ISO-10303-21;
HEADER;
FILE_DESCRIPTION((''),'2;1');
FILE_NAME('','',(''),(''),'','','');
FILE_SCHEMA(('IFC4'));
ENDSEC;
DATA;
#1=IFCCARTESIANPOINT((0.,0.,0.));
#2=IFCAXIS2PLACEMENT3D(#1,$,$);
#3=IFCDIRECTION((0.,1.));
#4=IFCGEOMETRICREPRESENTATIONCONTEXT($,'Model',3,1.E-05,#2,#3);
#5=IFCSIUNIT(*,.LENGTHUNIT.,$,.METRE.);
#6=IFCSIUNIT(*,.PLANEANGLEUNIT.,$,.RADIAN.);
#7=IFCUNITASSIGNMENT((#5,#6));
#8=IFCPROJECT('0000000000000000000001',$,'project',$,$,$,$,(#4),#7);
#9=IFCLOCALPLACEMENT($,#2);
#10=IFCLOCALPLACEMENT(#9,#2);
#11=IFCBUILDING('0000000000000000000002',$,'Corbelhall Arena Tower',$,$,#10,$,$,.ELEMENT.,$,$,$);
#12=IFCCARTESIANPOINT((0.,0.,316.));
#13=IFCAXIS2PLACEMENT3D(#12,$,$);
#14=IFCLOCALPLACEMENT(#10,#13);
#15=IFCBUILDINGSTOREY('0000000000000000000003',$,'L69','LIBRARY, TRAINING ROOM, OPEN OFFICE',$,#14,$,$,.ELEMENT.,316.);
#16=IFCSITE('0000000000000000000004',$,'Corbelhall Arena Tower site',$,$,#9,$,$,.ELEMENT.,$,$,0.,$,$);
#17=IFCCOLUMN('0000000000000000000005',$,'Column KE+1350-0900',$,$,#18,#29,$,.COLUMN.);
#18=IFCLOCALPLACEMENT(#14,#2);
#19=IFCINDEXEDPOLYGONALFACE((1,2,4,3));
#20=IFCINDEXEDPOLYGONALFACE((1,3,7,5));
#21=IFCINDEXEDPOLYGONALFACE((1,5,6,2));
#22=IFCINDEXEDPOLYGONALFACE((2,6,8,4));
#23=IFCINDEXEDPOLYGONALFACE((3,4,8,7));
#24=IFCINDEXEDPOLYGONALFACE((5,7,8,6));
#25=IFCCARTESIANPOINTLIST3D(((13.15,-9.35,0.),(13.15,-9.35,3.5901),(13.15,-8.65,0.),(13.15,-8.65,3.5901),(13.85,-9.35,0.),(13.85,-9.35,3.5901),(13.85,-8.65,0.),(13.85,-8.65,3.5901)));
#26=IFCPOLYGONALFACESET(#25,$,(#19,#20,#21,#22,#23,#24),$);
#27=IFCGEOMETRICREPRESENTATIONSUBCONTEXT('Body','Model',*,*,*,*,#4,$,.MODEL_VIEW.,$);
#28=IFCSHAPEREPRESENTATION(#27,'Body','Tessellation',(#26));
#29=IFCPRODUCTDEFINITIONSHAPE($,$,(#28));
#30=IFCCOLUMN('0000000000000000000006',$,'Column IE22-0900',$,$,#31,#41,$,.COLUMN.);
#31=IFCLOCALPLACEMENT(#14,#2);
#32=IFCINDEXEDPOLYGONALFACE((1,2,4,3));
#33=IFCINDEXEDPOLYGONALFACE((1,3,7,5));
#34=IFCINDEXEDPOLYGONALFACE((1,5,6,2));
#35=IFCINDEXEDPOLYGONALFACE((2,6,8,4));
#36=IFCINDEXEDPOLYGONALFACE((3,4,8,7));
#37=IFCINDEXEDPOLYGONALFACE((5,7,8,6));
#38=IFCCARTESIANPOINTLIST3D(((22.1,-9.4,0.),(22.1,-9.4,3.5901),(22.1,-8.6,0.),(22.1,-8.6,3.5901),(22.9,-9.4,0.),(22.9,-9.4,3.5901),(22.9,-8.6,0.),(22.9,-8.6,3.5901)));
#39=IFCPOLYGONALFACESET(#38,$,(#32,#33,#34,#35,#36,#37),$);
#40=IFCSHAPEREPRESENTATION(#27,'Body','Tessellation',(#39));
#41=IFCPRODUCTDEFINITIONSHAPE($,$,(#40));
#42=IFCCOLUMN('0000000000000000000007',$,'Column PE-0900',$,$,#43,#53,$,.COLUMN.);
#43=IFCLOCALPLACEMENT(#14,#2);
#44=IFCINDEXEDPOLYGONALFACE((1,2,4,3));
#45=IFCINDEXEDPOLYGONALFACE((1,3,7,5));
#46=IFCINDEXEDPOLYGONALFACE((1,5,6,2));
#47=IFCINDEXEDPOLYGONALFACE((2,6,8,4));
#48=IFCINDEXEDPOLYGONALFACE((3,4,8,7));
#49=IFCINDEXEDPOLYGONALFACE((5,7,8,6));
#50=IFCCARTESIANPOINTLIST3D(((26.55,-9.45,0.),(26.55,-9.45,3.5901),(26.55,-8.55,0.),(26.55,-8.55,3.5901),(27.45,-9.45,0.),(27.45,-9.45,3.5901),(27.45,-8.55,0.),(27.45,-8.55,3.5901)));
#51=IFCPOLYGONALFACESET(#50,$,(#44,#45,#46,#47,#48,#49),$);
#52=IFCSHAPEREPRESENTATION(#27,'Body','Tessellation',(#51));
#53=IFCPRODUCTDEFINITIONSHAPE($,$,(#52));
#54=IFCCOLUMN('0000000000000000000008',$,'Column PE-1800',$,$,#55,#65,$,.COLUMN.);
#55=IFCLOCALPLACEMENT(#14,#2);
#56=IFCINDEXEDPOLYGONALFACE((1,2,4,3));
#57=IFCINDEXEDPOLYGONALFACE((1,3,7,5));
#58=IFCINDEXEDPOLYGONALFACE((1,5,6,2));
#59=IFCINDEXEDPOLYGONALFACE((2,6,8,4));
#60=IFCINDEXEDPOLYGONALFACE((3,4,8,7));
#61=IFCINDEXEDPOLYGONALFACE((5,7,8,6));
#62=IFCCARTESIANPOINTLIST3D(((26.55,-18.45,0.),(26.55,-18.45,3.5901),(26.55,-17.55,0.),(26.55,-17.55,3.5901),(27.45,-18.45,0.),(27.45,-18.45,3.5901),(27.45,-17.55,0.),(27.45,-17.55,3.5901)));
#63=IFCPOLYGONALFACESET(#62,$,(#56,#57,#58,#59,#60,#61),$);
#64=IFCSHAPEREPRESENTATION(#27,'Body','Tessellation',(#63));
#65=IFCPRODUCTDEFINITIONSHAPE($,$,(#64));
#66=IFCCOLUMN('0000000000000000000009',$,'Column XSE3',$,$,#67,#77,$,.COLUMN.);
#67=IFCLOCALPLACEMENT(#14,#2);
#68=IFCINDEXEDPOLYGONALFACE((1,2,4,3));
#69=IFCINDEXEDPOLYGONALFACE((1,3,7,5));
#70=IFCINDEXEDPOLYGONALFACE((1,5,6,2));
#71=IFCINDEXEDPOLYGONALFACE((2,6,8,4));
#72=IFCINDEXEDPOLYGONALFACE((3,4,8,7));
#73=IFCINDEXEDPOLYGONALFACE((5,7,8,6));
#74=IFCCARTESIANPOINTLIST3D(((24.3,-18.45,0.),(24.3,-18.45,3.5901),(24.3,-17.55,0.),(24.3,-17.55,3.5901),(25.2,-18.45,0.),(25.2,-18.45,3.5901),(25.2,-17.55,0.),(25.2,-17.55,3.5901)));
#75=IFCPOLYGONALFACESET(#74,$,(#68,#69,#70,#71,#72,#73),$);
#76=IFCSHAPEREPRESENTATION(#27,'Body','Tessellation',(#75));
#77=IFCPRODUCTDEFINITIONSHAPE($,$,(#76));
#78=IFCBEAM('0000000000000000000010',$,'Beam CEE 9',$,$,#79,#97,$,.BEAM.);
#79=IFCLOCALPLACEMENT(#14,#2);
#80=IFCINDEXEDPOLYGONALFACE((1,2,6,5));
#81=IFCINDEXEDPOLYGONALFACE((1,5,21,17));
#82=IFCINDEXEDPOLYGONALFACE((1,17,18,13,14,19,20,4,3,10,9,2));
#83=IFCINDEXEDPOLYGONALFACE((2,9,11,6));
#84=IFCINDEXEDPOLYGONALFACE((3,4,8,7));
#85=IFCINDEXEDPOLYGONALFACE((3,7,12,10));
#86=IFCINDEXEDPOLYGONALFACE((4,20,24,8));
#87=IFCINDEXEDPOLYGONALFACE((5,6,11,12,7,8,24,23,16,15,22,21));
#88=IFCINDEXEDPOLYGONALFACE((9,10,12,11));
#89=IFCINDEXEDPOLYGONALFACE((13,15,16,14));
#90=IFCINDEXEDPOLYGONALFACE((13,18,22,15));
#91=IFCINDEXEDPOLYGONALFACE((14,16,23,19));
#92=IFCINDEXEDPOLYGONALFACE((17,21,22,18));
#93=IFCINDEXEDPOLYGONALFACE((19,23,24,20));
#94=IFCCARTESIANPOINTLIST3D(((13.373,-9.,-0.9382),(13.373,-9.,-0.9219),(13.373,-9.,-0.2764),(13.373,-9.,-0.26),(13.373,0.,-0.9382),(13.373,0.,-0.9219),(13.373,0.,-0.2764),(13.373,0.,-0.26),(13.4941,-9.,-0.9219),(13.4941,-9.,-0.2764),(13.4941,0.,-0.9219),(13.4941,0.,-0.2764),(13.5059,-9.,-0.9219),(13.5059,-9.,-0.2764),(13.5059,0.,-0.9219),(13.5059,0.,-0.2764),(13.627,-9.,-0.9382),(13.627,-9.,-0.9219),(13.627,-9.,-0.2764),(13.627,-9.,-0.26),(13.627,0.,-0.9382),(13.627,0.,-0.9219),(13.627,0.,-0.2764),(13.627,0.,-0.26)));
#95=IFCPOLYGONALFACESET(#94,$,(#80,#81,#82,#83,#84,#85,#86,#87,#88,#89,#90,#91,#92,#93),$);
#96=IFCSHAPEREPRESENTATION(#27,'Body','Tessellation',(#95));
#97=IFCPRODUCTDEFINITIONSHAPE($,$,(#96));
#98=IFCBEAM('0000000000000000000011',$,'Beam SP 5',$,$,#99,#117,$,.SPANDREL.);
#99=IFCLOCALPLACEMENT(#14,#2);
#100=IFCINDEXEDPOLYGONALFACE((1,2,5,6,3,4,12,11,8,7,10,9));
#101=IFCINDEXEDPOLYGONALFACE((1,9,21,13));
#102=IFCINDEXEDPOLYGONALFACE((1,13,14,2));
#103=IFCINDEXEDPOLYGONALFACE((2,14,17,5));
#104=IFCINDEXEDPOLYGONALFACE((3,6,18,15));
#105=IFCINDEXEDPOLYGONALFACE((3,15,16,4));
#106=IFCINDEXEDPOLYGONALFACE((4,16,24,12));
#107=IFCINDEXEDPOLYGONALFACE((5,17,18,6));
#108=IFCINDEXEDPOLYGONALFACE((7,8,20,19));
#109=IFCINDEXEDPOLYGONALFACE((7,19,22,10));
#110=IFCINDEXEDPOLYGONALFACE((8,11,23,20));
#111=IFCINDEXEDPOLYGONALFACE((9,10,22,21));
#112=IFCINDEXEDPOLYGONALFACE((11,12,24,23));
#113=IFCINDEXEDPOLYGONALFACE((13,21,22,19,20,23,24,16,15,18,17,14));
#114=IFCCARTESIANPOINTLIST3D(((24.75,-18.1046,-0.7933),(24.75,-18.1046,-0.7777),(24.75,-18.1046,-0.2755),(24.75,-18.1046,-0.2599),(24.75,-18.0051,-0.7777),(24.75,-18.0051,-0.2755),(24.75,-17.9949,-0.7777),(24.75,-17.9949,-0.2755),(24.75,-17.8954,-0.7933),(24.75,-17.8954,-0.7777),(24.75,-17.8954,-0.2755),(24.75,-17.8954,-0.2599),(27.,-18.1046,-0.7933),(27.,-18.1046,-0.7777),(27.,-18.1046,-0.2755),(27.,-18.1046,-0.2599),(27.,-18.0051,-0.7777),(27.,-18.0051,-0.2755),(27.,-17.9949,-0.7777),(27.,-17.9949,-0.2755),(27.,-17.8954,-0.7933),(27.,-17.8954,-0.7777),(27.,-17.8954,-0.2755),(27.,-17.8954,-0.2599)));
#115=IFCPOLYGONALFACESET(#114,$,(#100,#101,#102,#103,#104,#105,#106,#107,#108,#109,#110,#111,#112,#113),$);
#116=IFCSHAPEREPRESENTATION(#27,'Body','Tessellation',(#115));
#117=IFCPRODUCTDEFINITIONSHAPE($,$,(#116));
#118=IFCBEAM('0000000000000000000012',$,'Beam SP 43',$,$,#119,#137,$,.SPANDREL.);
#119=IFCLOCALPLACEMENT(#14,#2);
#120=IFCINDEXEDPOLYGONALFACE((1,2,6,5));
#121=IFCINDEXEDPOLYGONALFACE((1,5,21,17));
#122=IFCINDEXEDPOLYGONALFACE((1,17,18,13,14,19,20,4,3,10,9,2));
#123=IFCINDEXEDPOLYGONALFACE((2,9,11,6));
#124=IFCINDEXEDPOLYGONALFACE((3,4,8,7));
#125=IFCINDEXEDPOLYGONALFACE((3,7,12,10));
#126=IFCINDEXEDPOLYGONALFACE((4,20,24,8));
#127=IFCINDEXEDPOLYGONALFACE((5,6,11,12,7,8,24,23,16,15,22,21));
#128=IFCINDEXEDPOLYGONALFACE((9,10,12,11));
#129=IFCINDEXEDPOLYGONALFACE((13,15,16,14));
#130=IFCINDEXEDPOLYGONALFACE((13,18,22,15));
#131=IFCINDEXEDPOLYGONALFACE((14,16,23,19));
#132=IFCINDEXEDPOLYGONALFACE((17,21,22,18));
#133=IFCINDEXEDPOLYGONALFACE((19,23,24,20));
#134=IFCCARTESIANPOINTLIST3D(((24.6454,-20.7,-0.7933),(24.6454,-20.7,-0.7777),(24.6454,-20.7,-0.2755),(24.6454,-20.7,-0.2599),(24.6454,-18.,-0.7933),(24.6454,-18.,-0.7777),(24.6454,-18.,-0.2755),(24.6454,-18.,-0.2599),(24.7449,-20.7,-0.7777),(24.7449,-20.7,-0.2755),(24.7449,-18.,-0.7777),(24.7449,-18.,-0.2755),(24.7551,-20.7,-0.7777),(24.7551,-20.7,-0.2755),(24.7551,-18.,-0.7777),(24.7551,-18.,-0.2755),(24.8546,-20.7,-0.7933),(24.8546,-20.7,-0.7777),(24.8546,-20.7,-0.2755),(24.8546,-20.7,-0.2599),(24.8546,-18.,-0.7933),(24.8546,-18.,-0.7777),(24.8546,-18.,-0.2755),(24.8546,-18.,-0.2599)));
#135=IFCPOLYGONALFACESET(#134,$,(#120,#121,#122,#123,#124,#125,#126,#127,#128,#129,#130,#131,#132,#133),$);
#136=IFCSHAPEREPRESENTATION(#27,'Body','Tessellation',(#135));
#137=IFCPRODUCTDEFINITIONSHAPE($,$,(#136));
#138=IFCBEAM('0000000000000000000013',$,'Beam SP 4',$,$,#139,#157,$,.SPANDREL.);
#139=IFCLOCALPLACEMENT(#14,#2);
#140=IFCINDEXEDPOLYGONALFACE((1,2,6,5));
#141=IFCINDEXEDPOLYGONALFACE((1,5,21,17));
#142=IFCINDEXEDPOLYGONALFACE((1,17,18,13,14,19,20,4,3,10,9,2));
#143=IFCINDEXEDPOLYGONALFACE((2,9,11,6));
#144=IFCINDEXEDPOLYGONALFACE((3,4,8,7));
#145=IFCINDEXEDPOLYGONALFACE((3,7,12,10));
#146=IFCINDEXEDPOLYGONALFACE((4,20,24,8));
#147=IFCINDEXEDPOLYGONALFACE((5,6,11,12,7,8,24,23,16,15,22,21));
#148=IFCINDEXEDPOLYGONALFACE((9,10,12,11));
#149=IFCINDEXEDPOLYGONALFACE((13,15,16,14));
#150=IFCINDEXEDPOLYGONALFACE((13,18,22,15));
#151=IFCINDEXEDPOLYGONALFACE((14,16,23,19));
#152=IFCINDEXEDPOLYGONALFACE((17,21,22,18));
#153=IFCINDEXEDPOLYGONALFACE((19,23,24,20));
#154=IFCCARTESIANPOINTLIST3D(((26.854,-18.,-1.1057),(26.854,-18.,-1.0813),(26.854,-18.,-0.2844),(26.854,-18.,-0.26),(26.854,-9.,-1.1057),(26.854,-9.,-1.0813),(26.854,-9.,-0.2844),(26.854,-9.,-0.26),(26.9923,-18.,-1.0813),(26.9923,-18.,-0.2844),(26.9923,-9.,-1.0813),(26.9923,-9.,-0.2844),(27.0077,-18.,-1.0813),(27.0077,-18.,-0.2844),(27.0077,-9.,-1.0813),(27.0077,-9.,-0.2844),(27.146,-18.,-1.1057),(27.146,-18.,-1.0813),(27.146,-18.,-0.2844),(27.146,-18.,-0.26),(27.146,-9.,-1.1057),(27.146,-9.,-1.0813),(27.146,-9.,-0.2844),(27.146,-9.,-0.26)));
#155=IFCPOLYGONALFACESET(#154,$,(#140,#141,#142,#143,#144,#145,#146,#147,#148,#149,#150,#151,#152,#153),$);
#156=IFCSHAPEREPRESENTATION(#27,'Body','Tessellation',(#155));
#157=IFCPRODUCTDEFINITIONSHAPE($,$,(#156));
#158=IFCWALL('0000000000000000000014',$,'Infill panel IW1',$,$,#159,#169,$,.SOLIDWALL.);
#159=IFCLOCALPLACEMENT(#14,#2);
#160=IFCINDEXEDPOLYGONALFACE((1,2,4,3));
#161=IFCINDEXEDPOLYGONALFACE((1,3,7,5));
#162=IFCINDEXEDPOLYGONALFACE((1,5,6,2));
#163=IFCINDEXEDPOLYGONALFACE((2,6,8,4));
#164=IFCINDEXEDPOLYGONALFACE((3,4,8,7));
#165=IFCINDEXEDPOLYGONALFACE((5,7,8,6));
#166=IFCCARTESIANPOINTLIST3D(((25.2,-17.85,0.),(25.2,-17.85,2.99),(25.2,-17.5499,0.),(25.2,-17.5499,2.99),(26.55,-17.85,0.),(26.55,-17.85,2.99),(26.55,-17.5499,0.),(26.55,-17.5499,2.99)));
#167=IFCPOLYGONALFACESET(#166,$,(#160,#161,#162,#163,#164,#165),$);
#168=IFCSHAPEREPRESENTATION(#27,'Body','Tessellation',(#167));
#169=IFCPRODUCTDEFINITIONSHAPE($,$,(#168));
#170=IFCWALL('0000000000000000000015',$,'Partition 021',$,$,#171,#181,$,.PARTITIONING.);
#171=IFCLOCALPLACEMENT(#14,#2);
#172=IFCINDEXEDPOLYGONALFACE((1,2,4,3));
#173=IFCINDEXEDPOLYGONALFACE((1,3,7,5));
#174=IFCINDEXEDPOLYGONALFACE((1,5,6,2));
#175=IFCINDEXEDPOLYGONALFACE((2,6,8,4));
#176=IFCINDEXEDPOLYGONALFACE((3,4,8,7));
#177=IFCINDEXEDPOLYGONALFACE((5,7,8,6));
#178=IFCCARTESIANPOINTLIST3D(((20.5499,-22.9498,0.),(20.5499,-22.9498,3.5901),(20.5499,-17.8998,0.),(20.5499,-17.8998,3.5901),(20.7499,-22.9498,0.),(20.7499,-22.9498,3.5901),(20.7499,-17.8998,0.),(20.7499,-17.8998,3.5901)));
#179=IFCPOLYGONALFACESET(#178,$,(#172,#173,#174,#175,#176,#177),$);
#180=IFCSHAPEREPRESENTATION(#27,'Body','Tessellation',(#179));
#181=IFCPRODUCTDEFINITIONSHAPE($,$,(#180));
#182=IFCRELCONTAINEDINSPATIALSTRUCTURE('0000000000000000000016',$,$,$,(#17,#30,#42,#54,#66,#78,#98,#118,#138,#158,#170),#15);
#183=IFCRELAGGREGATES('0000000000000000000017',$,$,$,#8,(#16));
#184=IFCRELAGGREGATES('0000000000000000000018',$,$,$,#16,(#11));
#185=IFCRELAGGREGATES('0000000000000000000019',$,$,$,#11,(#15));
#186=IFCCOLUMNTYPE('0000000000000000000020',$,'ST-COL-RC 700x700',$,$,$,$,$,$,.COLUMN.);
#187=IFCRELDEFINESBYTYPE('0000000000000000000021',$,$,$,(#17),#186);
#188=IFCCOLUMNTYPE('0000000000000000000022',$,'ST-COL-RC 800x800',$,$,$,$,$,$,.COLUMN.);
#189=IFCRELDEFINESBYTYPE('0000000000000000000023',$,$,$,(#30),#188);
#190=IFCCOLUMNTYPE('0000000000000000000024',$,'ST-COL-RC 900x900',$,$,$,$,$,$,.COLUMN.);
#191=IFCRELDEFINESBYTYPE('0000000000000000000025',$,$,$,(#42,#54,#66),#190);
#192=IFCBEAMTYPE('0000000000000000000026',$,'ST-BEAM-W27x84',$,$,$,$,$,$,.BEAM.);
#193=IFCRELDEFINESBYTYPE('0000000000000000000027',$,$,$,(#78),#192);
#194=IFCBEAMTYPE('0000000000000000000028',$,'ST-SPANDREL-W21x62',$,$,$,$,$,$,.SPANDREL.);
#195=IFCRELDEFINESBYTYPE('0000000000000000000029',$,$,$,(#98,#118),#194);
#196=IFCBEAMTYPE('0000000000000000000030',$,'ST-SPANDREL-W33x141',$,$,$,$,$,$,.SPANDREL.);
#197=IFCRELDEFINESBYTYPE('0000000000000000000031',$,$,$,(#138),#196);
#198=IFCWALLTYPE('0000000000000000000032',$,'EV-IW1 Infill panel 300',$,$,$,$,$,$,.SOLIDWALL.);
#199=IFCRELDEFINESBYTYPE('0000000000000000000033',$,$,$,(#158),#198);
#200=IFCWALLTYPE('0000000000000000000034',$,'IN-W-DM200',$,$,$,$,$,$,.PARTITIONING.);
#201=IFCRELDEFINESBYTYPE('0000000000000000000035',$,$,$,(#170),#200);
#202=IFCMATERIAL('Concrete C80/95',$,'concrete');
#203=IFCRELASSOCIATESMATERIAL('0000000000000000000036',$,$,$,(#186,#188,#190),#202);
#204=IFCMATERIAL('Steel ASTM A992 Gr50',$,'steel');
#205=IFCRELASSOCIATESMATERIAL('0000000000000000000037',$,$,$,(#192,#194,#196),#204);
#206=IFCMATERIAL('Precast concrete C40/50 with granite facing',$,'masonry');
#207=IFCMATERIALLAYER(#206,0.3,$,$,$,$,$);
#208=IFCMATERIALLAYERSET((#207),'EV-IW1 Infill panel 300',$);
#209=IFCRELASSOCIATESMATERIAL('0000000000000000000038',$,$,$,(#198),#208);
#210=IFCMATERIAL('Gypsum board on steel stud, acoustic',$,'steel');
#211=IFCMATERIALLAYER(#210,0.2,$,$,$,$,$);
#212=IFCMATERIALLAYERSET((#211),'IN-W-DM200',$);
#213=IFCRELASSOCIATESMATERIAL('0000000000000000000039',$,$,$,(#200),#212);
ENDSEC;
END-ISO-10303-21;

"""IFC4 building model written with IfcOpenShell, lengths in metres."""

from ifc_helpers import new_model, si_unit, direction, frame, frame_2d, origin, origin_2d, place, context, subcontext, project, spatial, rectangle, i_section, extrude, material, layer, layer_set, material_profile, profile_set, type_object, element, save


model = new_model("IFC4")

# Units and contexts
model_context = context("Model", 3, precision=1e-05, world=origin(), true_north=direction((0.0, 1.0)))
body_context = subcontext(model_context, "Body", "Model", "MODEL_VIEW")
ifc_project = project(units=[si_unit("LENGTHUNIT", "METRE"), si_unit("PLANEANGLEUNIT", "RADIAN")], contexts=[model_context])

# Site, building, storey
site_placement = place(None, origin())
site = spatial("IfcSite", under=ifc_project, at=site_placement, Name="Corbelhall Arena Tower site", CompositionType="ELEMENT", RefElevation=0.0)
building_placement = place(site_placement, origin())
building = spatial("IfcBuilding", under=site, at=building_placement, Name="Corbelhall Arena Tower", CompositionType="ELEMENT")
storey_placement = place(building_placement, frame((0.0, 0.0, 316.0)))
storey = spatial("IfcBuildingStorey", under=building, at=storey_placement, Name="L69", Description="LIBRARY, TRAINING ROOM, OPEN OFFICE", CompositionType="ELEMENT", Elevation=316.0)

# Columns
ifc_material_1 = material(Name="Concrete C80/95", Category="concrete")
ifc_material_profile_1 = material_profile(ifc_material_1, rectangle(XDim=0.7, YDim=0.7, at=origin_2d()))
ifc_profile_set_1 = profile_set([ifc_material_profile_1], Name="Concrete C80/95")
column_type_1 = type_object("IfcColumnType", Name="ST-COL-RC 700x700", PredefinedType="COLUMN", material=ifc_profile_set_1)
column_1_placement = place(storey_placement, frame((13.5, -9.0, 0.0), z_axis=(0.0, 0.0, 1.0), x_axis=(1.0, 0.0, 0.0)))
element("IfcColumn", 1, at=column_1_placement, inside=storey, type_object=column_type_1, Name="Column KE+1350-0900", PredefinedType="COLUMN", context=body_context, shape_type="SweptSolid", body=[
    extrude(rectangle(XDim=0.7, YDim=0.7, at=origin_2d()), origin(), (0.0, 0.0, 1.0), 3.5901),
])
ifc_material_profile_2 = material_profile(ifc_material_1, rectangle(XDim=0.8, YDim=0.8, at=origin_2d()))
ifc_profile_set_2 = profile_set([ifc_material_profile_2], Name="Concrete C80/95")
column_type_2 = type_object("IfcColumnType", Name="ST-COL-RC 800x800", PredefinedType="COLUMN", material=ifc_profile_set_2)
column_2_placement = place(storey_placement, frame((22.5, -9.0, 0.0), z_axis=(0.0, 0.0, 1.0), x_axis=(1.0, 0.0, 0.0)))
element("IfcColumn", 2, at=column_2_placement, inside=storey, type_object=column_type_2, Name="Column IE22-0900", PredefinedType="COLUMN", context=body_context, shape_type="SweptSolid", body=[
    extrude(rectangle(XDim=0.8, YDim=0.8, at=origin_2d()), origin(), (0.0, 0.0, 1.0), 3.5901),
])
ifc_material_profile_3 = material_profile(ifc_material_1, rectangle(XDim=0.8999, YDim=0.8999, at=origin_2d()))
ifc_profile_set_3 = profile_set([ifc_material_profile_3], Name="Concrete C80/95")
column_type_3 = type_object("IfcColumnType", Name="ST-COL-RC 900x900", PredefinedType="COLUMN", material=ifc_profile_set_3)
for number, where, z_axis, x_axis, name in (
    (3, (27.0, -9.0, 0.0), (0.0, 0.0, 1.0), (0.0, 1.0, 0.0), "Column PE-0900"),
    (4, (27.0, -18.0, 0.0), (0.0, 0.0, 1.0), (0.0, 1.0, 0.0), "Column PE-1800"),
    (5, (24.75, -18.0, 0.0), (0.0, 0.0, 1.0), (1.0, 0.0, 0.0), "Column XSE3"),
):
    element("IfcColumn", number, at=place(storey_placement, frame(where, z_axis=z_axis, x_axis=x_axis)), inside=storey, type_object=column_type_3, Name=name, PredefinedType="COLUMN", context=body_context, shape_type="SweptSolid", body=[
        extrude(rectangle(XDim=0.8999, YDim=0.8999, at=origin_2d()), origin(), (0.0, 0.0, 1.0), 3.5901),
    ])

# Beams
ifc_material_2 = material(Name="Steel ASTM A992 Gr50", Category="steel")
ifc_material_profile_4 = material_profile(ifc_material_2, i_section(OverallWidth=0.2539, OverallDepth=0.6782, WebThickness=0.0117, FlangeThickness=0.0164, at=origin_2d()))
ifc_profile_set_4 = profile_set([ifc_material_profile_4], Name="Steel ASTM A992 Gr50")
beam_type_1 = type_object("IfcBeamType", Name="ST-BEAM-W27x84", PredefinedType="BEAM", material=ifc_profile_set_4)
beam_1_placement = place(storey_placement, frame((13.5, -9.0, -0.5991), z_axis=(0.0, 1.0, 0.0), x_axis=(-1.0, 0.0, 0.0)))
element("IfcBeam", 6, at=beam_1_placement, inside=storey, type_object=beam_type_1, Name="Beam CEE 9", PredefinedType="BEAM", context=body_context, shape_type="SweptSolid", body=[
    extrude(i_section(OverallWidth=0.2539, OverallDepth=0.6782, WebThickness=0.0117, FlangeThickness=0.0164, at=origin_2d()), origin(), (0.0, 0.0, 1.0), 9.0),
])
ifc_material_profile_5 = material_profile(ifc_material_2, i_section(OverallWidth=0.2092, OverallDepth=0.5334, WebThickness=0.0103, FlangeThickness=0.0156, at=origin_2d()))
ifc_profile_set_5 = profile_set([ifc_material_profile_5], Name="Steel ASTM A992 Gr50")
beam_type_2 = type_object("IfcBeamType", Name="ST-SPANDREL-W21x62", PredefinedType="SPANDREL", material=ifc_profile_set_5)
beam_2_placement = place(storey_placement, frame((27.0, -18.0, -0.5266), z_axis=(-1.0, 0.0, 0.0), x_axis=(0.0, -1.0, 0.0)))
element("IfcBeam", 7, at=beam_2_placement, inside=storey, type_object=beam_type_2, Name="Beam SP 5", PredefinedType="SPANDREL", context=body_context, shape_type="SweptSolid", body=[
    extrude(i_section(OverallWidth=0.2092, OverallDepth=0.5334, WebThickness=0.0103, FlangeThickness=0.0156, at=origin_2d()), origin(), (0.0, 0.0, 1.0), 2.25),
])
beam_3_placement = place(storey_placement, frame((24.75, -18.0, -0.5266), z_axis=(0.0, -1.0, 0.0), x_axis=(1.0, 0.0, 0.0)))
element("IfcBeam", 8, at=beam_3_placement, inside=storey, type_object=beam_type_2, Name="Beam SP 43", PredefinedType="SPANDREL", context=body_context, shape_type="SweptSolid", body=[
    extrude(i_section(OverallWidth=0.2092, OverallDepth=0.5334, WebThickness=0.0103, FlangeThickness=0.0156, at=origin_2d()), origin(), (0.0, 0.0, 1.0), 2.7),
])
ifc_material_profile_6 = material_profile(ifc_material_2, i_section(OverallWidth=0.292, OverallDepth=0.8457, WebThickness=0.0154, FlangeThickness=0.0244, at=origin_2d()))
ifc_profile_set_6 = profile_set([ifc_material_profile_6], Name="Steel ASTM A992 Gr50")
beam_type_3 = type_object("IfcBeamType", Name="ST-SPANDREL-W33x141", PredefinedType="SPANDREL", material=ifc_profile_set_6)
beam_4_placement = place(storey_placement, frame((27.0, -9.0, -0.6829), z_axis=(0.0, -1.0, 0.0), x_axis=(1.0, 0.0, 0.0)))
element("IfcBeam", 9, at=beam_4_placement, inside=storey, type_object=beam_type_3, Name="Beam SP 4", PredefinedType="SPANDREL", context=body_context, shape_type="SweptSolid", body=[
    extrude(i_section(OverallWidth=0.292, OverallDepth=0.8457, WebThickness=0.0154, FlangeThickness=0.0244, at=origin_2d()), origin(), (0.0, 0.0, 1.0), 9.0),
])

# Wall
ifc_material_3 = material(Name="Precast concrete C40/50 with granite facing", Category="masonry")
ifc_layer_1 = layer(ifc_material_3, 0.3)
ifc_layer_set_1 = layer_set([ifc_layer_1], Name="EV-IW1 Infill panel 300")
wall_type_1 = type_object("IfcWallType", Name="EV-IW1 Infill panel 300", PredefinedType="SOLIDWALL", material=ifc_layer_set_1)
wall_1_placement = place(storey_placement, frame((25.2, -17.7, 0.0), z_axis=(0.0, 0.0, 1.0), x_axis=(1.0, 0.0, 0.0)))
element("IfcWall", 10, at=wall_1_placement, inside=storey, type_object=wall_type_1, Name="Infill panel IW1", PredefinedType="SOLIDWALL", context=body_context, shape_type="SweptSolid", body=[
    extrude(rectangle(XDim=1.3501, YDim=0.3, at=frame_2d((0.675, 0.0))), origin(), (0.0, 0.0, 1.0), 2.99),
])

# Wall
ifc_material_4 = material(Name="Gypsum board on steel stud, acoustic", Category="steel")
ifc_layer_2 = layer(ifc_material_4, 0.2)
ifc_layer_set_2 = layer_set([ifc_layer_2], Name="IN-W-DM200")
wall_type_2 = type_object("IfcWallType", Name="IN-W-DM200", PredefinedType="PARTITIONING", material=ifc_layer_set_2)
wall_2_placement = place(storey_placement, frame((20.6499, -17.8999, 0.0), z_axis=(0.0, 0.0, 1.0), x_axis=(0.0, -1.0, 0.0)))
element("IfcWall", 11, at=wall_2_placement, inside=storey, type_object=wall_type_2, Name="Partition 021", PredefinedType="PARTITIONING", context=body_context, shape_type="SweptSolid", body=[
    extrude(rectangle(XDim=5.05, YDim=0.2, at=frame_2d((2.5249, 0.0))), origin(), (0.0, 0.0, 1.0), 3.5901),
])

save(model, "model.ifc")
